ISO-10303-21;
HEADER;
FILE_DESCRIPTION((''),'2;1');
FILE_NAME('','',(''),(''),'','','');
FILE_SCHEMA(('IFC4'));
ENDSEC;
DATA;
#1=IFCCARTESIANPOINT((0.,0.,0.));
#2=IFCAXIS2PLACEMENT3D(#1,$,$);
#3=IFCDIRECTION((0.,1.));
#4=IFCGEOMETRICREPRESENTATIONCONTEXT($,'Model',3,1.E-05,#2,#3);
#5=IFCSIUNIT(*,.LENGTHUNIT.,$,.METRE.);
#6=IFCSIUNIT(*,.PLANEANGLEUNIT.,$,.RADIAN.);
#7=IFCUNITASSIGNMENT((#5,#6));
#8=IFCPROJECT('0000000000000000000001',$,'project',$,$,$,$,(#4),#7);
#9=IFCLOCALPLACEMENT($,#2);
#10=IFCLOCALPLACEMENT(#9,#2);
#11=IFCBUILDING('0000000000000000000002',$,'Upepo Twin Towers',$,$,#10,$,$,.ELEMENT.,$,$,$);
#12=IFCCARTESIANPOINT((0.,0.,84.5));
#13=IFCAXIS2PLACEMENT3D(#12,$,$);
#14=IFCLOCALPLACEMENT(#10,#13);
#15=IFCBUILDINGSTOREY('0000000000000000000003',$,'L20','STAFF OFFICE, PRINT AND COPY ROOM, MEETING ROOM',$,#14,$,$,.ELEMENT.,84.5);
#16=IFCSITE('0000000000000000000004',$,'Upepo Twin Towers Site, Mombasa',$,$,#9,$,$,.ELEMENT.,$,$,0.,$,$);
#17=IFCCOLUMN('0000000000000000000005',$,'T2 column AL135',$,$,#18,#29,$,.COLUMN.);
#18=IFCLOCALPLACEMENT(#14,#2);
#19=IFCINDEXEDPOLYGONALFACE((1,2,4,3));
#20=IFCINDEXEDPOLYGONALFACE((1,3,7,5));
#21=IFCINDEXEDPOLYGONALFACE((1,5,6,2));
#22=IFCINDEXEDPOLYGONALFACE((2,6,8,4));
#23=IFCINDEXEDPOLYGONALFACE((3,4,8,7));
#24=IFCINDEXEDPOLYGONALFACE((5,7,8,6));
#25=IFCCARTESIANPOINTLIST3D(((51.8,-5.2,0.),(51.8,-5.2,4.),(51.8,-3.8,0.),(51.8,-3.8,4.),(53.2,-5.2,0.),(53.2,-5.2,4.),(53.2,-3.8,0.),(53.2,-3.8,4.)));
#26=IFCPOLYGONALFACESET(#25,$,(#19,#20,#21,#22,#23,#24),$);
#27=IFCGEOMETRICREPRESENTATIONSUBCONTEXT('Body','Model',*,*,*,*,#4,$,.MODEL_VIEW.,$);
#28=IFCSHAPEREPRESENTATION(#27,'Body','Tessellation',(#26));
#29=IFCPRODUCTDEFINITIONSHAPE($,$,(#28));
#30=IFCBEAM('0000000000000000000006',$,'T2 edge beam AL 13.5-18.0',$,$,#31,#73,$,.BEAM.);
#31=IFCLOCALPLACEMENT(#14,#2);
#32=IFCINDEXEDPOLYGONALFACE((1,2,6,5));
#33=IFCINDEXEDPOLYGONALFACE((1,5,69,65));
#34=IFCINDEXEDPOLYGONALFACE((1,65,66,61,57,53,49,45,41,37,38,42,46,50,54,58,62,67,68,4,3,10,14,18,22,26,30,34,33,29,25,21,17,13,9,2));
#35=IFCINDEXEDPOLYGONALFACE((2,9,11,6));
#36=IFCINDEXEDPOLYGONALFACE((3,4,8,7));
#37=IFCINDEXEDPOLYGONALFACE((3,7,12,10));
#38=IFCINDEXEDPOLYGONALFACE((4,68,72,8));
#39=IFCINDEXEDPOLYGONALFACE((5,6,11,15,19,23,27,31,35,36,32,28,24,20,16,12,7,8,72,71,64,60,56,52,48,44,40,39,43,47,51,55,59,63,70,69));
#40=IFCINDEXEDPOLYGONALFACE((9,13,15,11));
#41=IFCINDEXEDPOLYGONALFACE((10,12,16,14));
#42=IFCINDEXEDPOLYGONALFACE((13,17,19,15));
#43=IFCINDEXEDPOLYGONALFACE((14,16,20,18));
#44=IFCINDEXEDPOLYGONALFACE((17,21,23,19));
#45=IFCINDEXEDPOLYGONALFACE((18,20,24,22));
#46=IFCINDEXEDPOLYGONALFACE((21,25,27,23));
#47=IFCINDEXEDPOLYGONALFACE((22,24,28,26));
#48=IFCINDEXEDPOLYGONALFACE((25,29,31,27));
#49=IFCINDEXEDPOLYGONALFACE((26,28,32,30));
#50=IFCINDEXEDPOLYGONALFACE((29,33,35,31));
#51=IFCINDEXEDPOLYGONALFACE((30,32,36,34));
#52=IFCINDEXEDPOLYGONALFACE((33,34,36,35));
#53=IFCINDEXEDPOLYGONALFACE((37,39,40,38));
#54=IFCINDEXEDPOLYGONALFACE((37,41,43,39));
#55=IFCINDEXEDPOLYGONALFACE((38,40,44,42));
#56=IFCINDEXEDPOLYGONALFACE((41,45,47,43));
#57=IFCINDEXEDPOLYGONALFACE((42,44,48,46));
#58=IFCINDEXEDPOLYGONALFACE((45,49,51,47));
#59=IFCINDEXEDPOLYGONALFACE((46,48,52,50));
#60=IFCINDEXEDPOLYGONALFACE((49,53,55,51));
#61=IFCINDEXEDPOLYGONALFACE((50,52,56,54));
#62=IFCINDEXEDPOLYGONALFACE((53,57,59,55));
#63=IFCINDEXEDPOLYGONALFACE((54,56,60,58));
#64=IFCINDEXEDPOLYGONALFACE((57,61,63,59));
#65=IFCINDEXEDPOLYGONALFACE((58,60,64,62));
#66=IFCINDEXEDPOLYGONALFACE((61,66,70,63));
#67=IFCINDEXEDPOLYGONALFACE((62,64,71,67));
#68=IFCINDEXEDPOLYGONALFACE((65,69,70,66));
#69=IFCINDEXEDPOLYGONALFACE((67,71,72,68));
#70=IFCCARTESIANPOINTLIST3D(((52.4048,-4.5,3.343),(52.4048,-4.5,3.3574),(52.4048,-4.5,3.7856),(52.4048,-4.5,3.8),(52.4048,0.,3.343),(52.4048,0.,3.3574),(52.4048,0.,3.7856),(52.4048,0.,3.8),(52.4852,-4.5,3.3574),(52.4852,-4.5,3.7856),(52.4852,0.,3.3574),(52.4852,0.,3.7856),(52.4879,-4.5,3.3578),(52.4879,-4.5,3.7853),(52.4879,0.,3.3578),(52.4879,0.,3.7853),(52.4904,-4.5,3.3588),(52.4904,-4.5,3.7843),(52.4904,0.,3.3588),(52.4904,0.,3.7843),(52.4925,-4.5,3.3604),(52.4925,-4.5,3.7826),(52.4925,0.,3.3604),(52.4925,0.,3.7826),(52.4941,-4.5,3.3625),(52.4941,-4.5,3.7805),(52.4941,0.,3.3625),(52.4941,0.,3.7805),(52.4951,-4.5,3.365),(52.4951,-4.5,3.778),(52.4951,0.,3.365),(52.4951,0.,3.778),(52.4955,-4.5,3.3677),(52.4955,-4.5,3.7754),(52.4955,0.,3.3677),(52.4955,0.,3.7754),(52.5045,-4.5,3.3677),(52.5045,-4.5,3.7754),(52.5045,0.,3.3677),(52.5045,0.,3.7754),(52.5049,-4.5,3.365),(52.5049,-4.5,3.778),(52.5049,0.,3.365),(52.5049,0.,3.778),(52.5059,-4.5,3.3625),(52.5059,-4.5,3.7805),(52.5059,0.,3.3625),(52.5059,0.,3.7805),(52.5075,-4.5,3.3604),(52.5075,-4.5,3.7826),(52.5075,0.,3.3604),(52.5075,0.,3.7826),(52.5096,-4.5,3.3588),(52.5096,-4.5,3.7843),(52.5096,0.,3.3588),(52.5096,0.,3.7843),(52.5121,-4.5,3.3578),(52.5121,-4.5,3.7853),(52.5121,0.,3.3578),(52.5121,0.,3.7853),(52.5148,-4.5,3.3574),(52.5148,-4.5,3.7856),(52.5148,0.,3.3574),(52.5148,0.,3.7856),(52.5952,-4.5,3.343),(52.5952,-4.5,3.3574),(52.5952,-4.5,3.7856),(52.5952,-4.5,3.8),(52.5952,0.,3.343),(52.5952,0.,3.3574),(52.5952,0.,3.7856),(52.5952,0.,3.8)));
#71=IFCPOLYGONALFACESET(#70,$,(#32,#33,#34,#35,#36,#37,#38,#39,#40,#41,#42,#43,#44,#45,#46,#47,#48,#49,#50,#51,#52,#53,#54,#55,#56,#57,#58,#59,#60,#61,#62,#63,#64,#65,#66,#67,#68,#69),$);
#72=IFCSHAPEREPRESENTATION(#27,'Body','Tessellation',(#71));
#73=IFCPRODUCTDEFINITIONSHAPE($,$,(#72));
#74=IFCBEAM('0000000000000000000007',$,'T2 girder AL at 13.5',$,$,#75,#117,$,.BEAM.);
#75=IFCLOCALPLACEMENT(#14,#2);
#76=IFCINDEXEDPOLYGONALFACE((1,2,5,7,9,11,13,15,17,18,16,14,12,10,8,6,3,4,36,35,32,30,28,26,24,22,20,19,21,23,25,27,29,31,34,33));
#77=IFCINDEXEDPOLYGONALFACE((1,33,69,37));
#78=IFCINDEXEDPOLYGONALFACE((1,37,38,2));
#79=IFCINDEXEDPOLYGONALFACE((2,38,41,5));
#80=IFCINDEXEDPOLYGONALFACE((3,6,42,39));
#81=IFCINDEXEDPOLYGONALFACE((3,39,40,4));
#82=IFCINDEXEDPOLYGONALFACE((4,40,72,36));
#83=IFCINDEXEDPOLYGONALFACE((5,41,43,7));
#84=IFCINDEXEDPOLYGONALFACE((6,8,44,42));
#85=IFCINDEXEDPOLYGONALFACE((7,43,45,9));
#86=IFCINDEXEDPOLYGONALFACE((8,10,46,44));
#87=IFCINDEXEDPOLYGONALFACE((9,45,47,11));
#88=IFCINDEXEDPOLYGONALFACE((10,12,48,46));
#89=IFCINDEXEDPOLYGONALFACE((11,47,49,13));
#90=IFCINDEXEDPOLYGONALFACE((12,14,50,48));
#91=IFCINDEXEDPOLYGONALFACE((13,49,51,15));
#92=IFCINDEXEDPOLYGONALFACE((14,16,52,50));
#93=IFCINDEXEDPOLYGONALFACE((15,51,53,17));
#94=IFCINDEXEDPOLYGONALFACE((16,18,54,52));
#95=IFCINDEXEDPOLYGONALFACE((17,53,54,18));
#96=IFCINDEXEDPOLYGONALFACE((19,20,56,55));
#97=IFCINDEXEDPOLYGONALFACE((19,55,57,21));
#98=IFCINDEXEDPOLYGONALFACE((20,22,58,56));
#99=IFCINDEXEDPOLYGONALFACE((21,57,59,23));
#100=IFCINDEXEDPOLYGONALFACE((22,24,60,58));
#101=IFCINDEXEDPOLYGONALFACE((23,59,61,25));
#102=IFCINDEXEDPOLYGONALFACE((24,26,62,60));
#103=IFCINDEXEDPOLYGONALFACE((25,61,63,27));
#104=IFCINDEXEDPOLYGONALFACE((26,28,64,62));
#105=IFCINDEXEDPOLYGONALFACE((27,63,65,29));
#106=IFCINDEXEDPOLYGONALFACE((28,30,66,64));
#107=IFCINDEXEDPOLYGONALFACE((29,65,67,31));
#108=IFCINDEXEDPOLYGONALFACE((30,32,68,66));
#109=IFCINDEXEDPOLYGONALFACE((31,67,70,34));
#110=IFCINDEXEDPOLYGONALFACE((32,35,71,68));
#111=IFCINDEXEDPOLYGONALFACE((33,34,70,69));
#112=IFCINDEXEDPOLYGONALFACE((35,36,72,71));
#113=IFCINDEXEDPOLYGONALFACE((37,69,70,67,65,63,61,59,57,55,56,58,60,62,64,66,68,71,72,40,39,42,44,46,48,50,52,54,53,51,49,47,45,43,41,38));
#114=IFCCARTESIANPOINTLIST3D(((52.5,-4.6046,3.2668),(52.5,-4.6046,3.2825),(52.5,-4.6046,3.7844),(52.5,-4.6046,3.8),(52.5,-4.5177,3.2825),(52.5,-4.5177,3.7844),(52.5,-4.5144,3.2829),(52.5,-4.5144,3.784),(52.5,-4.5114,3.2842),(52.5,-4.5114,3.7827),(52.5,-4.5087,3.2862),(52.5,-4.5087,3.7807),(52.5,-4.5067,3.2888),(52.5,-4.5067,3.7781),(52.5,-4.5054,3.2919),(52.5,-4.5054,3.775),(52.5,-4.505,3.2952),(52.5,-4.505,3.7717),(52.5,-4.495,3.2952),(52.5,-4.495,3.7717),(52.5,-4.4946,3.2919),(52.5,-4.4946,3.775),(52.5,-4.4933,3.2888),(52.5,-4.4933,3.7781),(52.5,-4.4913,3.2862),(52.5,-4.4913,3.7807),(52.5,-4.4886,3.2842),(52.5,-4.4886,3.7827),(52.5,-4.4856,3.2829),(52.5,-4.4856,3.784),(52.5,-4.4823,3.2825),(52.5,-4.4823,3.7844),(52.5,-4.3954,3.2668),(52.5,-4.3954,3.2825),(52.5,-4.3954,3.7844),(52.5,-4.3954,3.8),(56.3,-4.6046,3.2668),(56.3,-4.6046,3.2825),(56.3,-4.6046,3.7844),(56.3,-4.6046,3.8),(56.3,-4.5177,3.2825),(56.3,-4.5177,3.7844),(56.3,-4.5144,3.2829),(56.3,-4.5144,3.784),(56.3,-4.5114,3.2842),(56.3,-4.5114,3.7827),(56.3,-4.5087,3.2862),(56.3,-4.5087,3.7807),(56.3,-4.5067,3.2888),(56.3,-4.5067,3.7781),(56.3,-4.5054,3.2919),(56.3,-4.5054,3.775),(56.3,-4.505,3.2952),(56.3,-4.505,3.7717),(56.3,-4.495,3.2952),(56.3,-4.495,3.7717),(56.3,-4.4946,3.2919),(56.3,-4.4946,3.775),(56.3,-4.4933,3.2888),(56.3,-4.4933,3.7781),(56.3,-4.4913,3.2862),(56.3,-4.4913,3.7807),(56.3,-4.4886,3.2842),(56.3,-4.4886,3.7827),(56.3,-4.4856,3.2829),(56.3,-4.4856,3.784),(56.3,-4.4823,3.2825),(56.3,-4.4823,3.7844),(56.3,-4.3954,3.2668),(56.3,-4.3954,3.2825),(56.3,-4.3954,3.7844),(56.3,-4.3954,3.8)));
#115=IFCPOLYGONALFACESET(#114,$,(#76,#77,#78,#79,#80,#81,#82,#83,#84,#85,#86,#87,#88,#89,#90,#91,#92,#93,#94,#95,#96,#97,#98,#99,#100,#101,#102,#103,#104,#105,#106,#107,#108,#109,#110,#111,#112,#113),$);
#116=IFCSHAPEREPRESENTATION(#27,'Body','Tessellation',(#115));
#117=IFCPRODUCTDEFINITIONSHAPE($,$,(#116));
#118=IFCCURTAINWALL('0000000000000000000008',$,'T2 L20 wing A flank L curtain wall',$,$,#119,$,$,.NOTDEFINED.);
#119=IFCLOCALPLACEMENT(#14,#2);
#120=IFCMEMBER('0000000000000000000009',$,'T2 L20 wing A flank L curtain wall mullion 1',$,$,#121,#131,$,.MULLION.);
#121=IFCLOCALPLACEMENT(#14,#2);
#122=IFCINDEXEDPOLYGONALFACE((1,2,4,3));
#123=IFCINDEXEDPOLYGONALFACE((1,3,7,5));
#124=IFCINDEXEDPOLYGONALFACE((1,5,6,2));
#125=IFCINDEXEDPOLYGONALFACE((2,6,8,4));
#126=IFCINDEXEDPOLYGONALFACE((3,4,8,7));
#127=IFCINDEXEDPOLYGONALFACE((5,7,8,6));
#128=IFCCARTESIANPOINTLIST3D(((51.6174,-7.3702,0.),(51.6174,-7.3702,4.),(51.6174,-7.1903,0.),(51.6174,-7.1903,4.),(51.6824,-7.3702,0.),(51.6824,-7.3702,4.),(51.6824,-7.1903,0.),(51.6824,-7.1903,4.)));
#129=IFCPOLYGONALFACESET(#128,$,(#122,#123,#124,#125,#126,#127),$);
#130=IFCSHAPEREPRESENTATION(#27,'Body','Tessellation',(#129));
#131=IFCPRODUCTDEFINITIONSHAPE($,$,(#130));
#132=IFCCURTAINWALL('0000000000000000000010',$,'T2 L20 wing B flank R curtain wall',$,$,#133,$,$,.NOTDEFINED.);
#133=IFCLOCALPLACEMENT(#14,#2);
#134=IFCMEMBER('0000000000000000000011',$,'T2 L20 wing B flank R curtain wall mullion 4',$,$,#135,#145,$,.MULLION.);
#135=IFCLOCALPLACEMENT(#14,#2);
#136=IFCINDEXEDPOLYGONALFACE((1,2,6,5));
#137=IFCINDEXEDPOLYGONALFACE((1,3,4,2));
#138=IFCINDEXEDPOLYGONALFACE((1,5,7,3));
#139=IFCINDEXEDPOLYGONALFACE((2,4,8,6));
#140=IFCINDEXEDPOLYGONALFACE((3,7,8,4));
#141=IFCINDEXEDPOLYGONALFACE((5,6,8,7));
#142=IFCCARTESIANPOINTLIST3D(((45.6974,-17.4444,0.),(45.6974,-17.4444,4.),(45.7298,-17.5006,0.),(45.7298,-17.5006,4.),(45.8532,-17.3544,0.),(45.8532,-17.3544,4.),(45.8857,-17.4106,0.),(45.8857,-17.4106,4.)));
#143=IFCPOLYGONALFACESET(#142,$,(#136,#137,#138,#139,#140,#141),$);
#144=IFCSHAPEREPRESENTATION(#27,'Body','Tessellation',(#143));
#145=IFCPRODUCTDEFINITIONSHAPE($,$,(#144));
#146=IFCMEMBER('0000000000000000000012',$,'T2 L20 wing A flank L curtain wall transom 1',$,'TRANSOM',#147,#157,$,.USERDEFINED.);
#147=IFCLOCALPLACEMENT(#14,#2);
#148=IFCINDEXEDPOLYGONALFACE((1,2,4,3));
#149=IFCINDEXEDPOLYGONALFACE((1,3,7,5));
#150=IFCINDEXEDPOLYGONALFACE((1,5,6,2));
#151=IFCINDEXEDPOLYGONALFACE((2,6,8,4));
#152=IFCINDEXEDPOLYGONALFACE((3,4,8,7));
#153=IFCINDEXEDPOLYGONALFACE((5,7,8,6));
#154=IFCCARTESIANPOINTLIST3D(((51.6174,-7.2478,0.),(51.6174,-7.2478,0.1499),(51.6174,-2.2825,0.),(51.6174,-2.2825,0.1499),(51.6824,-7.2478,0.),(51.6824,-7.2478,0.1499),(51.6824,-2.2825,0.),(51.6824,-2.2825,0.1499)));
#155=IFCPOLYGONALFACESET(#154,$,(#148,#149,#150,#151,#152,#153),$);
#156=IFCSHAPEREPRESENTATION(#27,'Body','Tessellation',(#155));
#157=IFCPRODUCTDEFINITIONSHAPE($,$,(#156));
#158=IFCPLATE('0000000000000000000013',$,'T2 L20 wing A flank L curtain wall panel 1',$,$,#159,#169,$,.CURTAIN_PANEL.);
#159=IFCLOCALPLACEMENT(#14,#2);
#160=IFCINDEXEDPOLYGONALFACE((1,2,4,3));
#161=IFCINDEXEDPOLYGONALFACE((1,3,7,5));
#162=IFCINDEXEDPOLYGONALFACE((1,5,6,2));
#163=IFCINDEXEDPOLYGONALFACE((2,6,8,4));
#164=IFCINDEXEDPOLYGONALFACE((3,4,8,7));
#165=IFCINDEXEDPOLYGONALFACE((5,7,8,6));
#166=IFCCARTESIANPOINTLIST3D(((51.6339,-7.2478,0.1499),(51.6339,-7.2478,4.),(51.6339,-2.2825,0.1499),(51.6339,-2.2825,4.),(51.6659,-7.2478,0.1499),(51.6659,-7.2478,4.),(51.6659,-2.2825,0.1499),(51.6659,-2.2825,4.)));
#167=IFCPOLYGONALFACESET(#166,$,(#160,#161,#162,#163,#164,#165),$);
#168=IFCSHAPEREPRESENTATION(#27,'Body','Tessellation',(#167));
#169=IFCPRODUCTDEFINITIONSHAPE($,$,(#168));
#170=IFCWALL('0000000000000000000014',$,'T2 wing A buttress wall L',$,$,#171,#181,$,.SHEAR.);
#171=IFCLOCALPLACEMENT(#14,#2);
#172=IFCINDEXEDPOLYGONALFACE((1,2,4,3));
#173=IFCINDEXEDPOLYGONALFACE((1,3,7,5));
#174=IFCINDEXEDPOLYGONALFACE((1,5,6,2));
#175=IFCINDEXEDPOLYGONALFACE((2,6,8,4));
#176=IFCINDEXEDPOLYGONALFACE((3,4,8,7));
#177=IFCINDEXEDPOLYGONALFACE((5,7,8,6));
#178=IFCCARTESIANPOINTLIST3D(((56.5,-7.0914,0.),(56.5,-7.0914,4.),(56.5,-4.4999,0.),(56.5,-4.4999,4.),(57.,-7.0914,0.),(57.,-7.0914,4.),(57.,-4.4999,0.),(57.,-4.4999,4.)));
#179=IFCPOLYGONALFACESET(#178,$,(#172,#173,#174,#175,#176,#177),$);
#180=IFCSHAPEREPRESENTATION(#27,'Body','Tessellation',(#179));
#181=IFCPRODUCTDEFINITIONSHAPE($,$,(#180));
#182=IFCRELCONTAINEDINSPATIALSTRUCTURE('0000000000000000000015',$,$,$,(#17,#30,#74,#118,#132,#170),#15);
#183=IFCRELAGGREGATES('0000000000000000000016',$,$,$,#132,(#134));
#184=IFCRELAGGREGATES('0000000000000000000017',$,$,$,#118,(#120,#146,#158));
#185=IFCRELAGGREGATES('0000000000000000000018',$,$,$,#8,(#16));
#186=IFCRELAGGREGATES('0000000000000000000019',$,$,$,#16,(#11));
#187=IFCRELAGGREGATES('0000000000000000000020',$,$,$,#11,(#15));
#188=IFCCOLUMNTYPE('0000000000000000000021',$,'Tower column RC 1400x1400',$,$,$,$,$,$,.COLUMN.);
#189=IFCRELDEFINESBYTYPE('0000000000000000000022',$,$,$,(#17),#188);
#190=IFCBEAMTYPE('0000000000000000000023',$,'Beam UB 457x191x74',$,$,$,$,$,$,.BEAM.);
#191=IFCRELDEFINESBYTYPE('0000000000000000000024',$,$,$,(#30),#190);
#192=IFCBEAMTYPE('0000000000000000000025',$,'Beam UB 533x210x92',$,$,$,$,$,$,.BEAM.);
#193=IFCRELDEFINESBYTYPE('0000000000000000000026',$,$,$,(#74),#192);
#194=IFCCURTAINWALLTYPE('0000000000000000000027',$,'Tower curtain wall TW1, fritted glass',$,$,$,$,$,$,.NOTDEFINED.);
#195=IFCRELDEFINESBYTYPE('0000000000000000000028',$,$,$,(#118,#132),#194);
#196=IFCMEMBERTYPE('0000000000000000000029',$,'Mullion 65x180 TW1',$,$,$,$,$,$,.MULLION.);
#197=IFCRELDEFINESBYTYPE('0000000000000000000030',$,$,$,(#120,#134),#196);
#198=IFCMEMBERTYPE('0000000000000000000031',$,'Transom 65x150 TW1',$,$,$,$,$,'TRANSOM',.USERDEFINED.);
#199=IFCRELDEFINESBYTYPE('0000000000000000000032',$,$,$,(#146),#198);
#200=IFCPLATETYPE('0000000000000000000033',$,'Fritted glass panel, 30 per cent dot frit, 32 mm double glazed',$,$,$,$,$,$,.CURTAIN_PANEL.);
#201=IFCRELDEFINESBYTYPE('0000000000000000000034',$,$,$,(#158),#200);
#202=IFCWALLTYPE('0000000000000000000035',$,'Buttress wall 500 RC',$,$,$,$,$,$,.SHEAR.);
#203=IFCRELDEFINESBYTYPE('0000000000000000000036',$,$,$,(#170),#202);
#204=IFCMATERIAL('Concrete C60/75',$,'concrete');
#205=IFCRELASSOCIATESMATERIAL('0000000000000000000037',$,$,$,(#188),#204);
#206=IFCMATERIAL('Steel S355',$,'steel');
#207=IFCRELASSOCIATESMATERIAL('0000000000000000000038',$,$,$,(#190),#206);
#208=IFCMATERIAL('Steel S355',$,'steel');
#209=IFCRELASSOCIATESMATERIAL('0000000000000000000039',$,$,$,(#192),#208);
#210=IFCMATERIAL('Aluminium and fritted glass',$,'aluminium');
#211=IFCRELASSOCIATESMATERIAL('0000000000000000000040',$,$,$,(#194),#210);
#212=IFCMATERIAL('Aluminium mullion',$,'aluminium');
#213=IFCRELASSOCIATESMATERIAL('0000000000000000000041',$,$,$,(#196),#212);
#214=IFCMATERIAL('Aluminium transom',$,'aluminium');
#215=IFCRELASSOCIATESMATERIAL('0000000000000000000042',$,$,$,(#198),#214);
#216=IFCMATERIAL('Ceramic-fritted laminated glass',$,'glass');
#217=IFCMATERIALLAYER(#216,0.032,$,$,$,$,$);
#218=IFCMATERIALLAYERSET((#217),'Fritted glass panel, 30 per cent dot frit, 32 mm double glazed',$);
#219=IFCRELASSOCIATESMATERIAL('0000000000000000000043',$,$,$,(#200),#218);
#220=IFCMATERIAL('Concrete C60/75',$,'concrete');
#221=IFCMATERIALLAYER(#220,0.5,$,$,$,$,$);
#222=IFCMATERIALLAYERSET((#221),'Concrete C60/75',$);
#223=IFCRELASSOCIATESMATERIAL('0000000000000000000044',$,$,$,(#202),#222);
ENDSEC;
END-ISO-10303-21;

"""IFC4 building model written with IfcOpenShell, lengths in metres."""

from ifc_helpers import new_model, si_unit, direction, frame, frame_2d, origin, origin_2d, place, context, subcontext, project, spatial, rectangle, i_section, extrude, material, layer, layer_set, material_profile, profile_set, type_object, element, aggregate, save


model = new_model("IFC4")

# Units and contexts
model_context = context("Model", 3, precision=1e-05, world=origin(), true_north=direction((0.0, 1.0)))
body_context = subcontext(model_context, "Body", "Model", "MODEL_VIEW")
ifc_project = project(units=[si_unit("LENGTHUNIT", "METRE"), si_unit("PLANEANGLEUNIT", "RADIAN")], contexts=[model_context])

# Site, building, storey
site_placement = place(None, origin())
site = spatial("IfcSite", under=ifc_project, at=site_placement, Name="Upepo Twin Towers Site, Mombasa", CompositionType="ELEMENT", RefElevation=0.0)
building_placement = place(site_placement, origin())
building = spatial("IfcBuilding", under=site, at=building_placement, Name="Upepo Twin Towers", CompositionType="ELEMENT")
storey_placement = place(building_placement, frame((0.0, 0.0, 84.5)))
storey = spatial("IfcBuildingStorey", under=building, at=storey_placement, Name="L20", Description="STAFF OFFICE, PRINT AND COPY ROOM, MEETING ROOM", CompositionType="ELEMENT", Elevation=84.5)

# Column
ifc_material_1 = material(Name="Concrete C60/75", Category="concrete")
ifc_material_profile_1 = material_profile(ifc_material_1, rectangle(XDim=1.3999, YDim=1.3999, at=origin_2d()), Name="RC 1400x1400")
ifc_profile_set_1 = profile_set([ifc_material_profile_1], Name="Concrete C60/75")
column_type = type_object("IfcColumnType", Name="Tower column RC 1400x1400", PredefinedType="COLUMN", material=ifc_profile_set_1)
column_placement = place(storey_placement, frame((52.5, -4.5, 0.0), z_axis=(0.0, 0.0, 1.0), x_axis=(1.0, 0.0, 0.0)))
element("IfcColumn", 1, at=column_placement, inside=storey, type_object=column_type, Name="T2 column AL135", PredefinedType="COLUMN", context=body_context, shape_type="SweptSolid", body=[
    extrude(rectangle(XDim=1.3999, YDim=1.3999, at=origin_2d()), origin(), (0.0, 0.0, 1.0), 4.0),
])

# Beams
ifc_material_2 = material(Name="Steel S355", Category="steel")
ifc_material_profile_2 = material_profile(ifc_material_2, i_section(OverallWidth=0.1904, OverallDepth=0.457, WebThickness=0.009, FlangeThickness=0.0144, FilletRadius=0.0103, at=origin_2d()), Name="UB 457x191x74")
ifc_profile_set_2 = profile_set([ifc_material_profile_2], Name="Steel S355")
beam_type_1 = type_object("IfcBeamType", Name="Beam UB 457x191x74", PredefinedType="BEAM", material=ifc_profile_set_2)
beam_1_placement = place(storey_placement, frame((52.5, -4.5, 3.5715), z_axis=(0.0, 1.0, 0.0), x_axis=(-1.0, 0.0, 0.0)))
element("IfcBeam", 2, at=beam_1_placement, inside=storey, type_object=beam_type_1, Name="T2 edge beam AL 13.5-18.0", PredefinedType="BEAM", context=body_context, shape_type="SweptSolid", body=[
    extrude(i_section(OverallWidth=0.1904, OverallDepth=0.457, WebThickness=0.009, FlangeThickness=0.0144, FilletRadius=0.0103, at=origin_2d()), origin(), (0.0, 0.0, 1.0), 4.5),
])
ifc_material_3 = material(Name="Steel S355", Category="steel")
ifc_material_profile_3 = material_profile(ifc_material_3, i_section(OverallWidth=0.2092, OverallDepth=0.5332, WebThickness=0.01, FlangeThickness=0.0156, FilletRadius=0.0127, at=origin_2d()), Name="UB 533x210x92")
ifc_profile_set_3 = profile_set([ifc_material_profile_3], Name="Steel S355")
beam_type_2 = type_object("IfcBeamType", Name="Beam UB 533x210x92", PredefinedType="BEAM", material=ifc_profile_set_3)
beam_2_placement = place(storey_placement, frame((52.5, -4.5, 3.5334), z_axis=(1.0, 0.0, 0.0), x_axis=(0.0, 1.0, 0.0)))
element("IfcBeam", 3, at=beam_2_placement, inside=storey, type_object=beam_type_2, Name="T2 girder AL at 13.5", PredefinedType="BEAM", context=body_context, shape_type="SweptSolid", body=[
    extrude(i_section(OverallWidth=0.2092, OverallDepth=0.5332, WebThickness=0.01, FlangeThickness=0.0156, FilletRadius=0.0127, at=origin_2d()), origin(), (0.0, 0.0, 1.0), 3.8),
])

# Curtain walls, members
ifc_material_4 = material(Name="Aluminium and fritted glass", Category="aluminium")
curtain_wall_type = type_object("IfcCurtainWallType", Name="Tower curtain wall TW1, fritted glass", PredefinedType="NOTDEFINED", material=ifc_material_4)
curtain_wall_1_placement = place(storey_placement, origin())
curtain_wall_1 = element("IfcCurtainWall", 4, at=curtain_wall_1_placement, inside=storey, type_object=curtain_wall_type, Name="T2 L20 wing A flank L curtain wall", PredefinedType="NOTDEFINED")
ifc_material_5 = material(Name="Aluminium mullion", Category="aluminium")
ifc_material_profile_4 = material_profile(ifc_material_5, rectangle(XDim=0.0649, YDim=0.1799, at=origin_2d()), Name="MULLION 65x180")
ifc_profile_set_4 = profile_set([ifc_material_profile_4], Name="Aluminium mullion")
member_type_1 = type_object("IfcMemberType", Name="Mullion 65x180 TW1", PredefinedType="MULLION", material=ifc_profile_set_4)
member_1_placement = place(storey_placement, frame((51.6499, -7.2803, 0.0), z_axis=(0.0, 0.0, 1.0), x_axis=(-1.0, 0.0, 0.0)))
member_1 = element("IfcMember", 5, at=member_1_placement, type_object=member_type_1, Name="T2 L20 wing A flank L curtain wall mullion 1", PredefinedType="MULLION", context=body_context, shape_type="SweptSolid", body=[
    extrude(rectangle(XDim=0.0649, YDim=0.1799, at=origin_2d()), origin(), (0.0, 0.0, 1.0), 4.0),
])
curtain_wall_2_placement = place(storey_placement, origin())
curtain_wall_2 = element("IfcCurtainWall", 6, at=curtain_wall_2_placement, inside=storey, type_object=curtain_wall_type, Name="T2 L20 wing B flank R curtain wall", PredefinedType="NOTDEFINED")
member_2_placement = place(storey_placement, frame((45.7915, -17.4275, 0.0), z_axis=(0.0, 0.0, 1.0), x_axis=(-0.5, 0.866025, 0.0)))
member_2 = element("IfcMember", 7, at=member_2_placement, type_object=member_type_1, Name="T2 L20 wing B flank R curtain wall mullion 4", PredefinedType="MULLION", context=body_context, shape_type="SweptSolid", body=[
    extrude(rectangle(XDim=0.0649, YDim=0.1799, at=origin_2d()), origin(), (0.0, 0.0, 1.0), 4.0),
])
aggregate(curtain_wall_2, [member_2])

# Member
ifc_material_6 = material(Name="Aluminium transom", Category="aluminium")
ifc_material_profile_5 = material_profile(ifc_material_6, rectangle(XDim=0.0649, YDim=0.1499, at=origin_2d()), Name="TRANSOM 65x150")
ifc_profile_set_5 = profile_set([ifc_material_profile_5], Name="Aluminium transom")
member_type_2 = type_object("IfcMemberType", Name="Transom 65x150 TW1", ElementType="TRANSOM", PredefinedType="USERDEFINED", material=ifc_profile_set_5)
member_3_placement = place(storey_placement, frame((51.6499, -7.2478, 0.075), z_axis=(0.0, 1.0, 0.0), x_axis=(-1.0, 0.0, 0.0)))
member_3 = element("IfcMember", 8, at=member_3_placement, type_object=member_type_2, Name="T2 L20 wing A flank L curtain wall transom 1", ObjectType="TRANSOM", PredefinedType="USERDEFINED", context=body_context, shape_type="SweptSolid", body=[
    extrude(rectangle(XDim=0.0649, YDim=0.1499, at=origin_2d()), origin(), (0.0, 0.0, 1.0), 4.9653),
])

# Plate
ifc_material_7 = material(Name="Ceramic-fritted laminated glass", Category="glass")
ifc_layer_1 = layer(ifc_material_7, 0.032)
ifc_layer_set_1 = layer_set([ifc_layer_1], Name="Fritted glass panel, 30 per cent dot frit, 32 mm double glazed")
plate_type = type_object("IfcPlateType", Name="Fritted glass panel, 30 per cent dot frit, 32 mm double glazed", PredefinedType="CURTAIN_PANEL", material=ifc_layer_set_1)
plate_placement = place(storey_placement, frame((51.6499, -4.7651, 0.1499), z_axis=(0.0, 0.0, 1.0), x_axis=(0.0, 1.0, 0.0)))
plate = element("IfcPlate", 9, at=plate_placement, type_object=plate_type, Name="T2 L20 wing A flank L curtain wall panel 1", PredefinedType="CURTAIN_PANEL", context=body_context, shape_type="SweptSolid", body=[
    extrude(rectangle(XDim=4.9653, YDim=0.032, at=origin_2d()), origin(), (0.0, 0.0, 1.0), 3.8501),
])
aggregate(curtain_wall_1, [member_1, member_3, plate])

# Wall
ifc_material_8 = material(Name="Concrete C60/75", Category="concrete")
ifc_layer_2 = layer(ifc_material_8, 0.5)
ifc_layer_set_2 = layer_set([ifc_layer_2], Name="Concrete C60/75")
wall_type_1 = type_object("IfcWallType", Name="Buttress wall 500 RC", PredefinedType="SHEAR", material=ifc_layer_set_2)
wall_1_placement = place(storey_placement, frame((56.75, -7.0916, 0.0), z_axis=(0.0, 0.0, 1.0), x_axis=(0.0, 1.0, 0.0)))
element("IfcWall", 10, at=wall_1_placement, inside=storey, type_object=wall_type_1, Name="T2 wing A buttress wall L", PredefinedType="SHEAR", context=body_context, shape_type="SweptSolid", body=[
    extrude(rectangle(XDim=2.5916, YDim=0.5, at=frame_2d((1.2959, 0.0))), origin(), (0.0, 0.0, 1.0), 4.0),
])

save(model, "model.ifc")
